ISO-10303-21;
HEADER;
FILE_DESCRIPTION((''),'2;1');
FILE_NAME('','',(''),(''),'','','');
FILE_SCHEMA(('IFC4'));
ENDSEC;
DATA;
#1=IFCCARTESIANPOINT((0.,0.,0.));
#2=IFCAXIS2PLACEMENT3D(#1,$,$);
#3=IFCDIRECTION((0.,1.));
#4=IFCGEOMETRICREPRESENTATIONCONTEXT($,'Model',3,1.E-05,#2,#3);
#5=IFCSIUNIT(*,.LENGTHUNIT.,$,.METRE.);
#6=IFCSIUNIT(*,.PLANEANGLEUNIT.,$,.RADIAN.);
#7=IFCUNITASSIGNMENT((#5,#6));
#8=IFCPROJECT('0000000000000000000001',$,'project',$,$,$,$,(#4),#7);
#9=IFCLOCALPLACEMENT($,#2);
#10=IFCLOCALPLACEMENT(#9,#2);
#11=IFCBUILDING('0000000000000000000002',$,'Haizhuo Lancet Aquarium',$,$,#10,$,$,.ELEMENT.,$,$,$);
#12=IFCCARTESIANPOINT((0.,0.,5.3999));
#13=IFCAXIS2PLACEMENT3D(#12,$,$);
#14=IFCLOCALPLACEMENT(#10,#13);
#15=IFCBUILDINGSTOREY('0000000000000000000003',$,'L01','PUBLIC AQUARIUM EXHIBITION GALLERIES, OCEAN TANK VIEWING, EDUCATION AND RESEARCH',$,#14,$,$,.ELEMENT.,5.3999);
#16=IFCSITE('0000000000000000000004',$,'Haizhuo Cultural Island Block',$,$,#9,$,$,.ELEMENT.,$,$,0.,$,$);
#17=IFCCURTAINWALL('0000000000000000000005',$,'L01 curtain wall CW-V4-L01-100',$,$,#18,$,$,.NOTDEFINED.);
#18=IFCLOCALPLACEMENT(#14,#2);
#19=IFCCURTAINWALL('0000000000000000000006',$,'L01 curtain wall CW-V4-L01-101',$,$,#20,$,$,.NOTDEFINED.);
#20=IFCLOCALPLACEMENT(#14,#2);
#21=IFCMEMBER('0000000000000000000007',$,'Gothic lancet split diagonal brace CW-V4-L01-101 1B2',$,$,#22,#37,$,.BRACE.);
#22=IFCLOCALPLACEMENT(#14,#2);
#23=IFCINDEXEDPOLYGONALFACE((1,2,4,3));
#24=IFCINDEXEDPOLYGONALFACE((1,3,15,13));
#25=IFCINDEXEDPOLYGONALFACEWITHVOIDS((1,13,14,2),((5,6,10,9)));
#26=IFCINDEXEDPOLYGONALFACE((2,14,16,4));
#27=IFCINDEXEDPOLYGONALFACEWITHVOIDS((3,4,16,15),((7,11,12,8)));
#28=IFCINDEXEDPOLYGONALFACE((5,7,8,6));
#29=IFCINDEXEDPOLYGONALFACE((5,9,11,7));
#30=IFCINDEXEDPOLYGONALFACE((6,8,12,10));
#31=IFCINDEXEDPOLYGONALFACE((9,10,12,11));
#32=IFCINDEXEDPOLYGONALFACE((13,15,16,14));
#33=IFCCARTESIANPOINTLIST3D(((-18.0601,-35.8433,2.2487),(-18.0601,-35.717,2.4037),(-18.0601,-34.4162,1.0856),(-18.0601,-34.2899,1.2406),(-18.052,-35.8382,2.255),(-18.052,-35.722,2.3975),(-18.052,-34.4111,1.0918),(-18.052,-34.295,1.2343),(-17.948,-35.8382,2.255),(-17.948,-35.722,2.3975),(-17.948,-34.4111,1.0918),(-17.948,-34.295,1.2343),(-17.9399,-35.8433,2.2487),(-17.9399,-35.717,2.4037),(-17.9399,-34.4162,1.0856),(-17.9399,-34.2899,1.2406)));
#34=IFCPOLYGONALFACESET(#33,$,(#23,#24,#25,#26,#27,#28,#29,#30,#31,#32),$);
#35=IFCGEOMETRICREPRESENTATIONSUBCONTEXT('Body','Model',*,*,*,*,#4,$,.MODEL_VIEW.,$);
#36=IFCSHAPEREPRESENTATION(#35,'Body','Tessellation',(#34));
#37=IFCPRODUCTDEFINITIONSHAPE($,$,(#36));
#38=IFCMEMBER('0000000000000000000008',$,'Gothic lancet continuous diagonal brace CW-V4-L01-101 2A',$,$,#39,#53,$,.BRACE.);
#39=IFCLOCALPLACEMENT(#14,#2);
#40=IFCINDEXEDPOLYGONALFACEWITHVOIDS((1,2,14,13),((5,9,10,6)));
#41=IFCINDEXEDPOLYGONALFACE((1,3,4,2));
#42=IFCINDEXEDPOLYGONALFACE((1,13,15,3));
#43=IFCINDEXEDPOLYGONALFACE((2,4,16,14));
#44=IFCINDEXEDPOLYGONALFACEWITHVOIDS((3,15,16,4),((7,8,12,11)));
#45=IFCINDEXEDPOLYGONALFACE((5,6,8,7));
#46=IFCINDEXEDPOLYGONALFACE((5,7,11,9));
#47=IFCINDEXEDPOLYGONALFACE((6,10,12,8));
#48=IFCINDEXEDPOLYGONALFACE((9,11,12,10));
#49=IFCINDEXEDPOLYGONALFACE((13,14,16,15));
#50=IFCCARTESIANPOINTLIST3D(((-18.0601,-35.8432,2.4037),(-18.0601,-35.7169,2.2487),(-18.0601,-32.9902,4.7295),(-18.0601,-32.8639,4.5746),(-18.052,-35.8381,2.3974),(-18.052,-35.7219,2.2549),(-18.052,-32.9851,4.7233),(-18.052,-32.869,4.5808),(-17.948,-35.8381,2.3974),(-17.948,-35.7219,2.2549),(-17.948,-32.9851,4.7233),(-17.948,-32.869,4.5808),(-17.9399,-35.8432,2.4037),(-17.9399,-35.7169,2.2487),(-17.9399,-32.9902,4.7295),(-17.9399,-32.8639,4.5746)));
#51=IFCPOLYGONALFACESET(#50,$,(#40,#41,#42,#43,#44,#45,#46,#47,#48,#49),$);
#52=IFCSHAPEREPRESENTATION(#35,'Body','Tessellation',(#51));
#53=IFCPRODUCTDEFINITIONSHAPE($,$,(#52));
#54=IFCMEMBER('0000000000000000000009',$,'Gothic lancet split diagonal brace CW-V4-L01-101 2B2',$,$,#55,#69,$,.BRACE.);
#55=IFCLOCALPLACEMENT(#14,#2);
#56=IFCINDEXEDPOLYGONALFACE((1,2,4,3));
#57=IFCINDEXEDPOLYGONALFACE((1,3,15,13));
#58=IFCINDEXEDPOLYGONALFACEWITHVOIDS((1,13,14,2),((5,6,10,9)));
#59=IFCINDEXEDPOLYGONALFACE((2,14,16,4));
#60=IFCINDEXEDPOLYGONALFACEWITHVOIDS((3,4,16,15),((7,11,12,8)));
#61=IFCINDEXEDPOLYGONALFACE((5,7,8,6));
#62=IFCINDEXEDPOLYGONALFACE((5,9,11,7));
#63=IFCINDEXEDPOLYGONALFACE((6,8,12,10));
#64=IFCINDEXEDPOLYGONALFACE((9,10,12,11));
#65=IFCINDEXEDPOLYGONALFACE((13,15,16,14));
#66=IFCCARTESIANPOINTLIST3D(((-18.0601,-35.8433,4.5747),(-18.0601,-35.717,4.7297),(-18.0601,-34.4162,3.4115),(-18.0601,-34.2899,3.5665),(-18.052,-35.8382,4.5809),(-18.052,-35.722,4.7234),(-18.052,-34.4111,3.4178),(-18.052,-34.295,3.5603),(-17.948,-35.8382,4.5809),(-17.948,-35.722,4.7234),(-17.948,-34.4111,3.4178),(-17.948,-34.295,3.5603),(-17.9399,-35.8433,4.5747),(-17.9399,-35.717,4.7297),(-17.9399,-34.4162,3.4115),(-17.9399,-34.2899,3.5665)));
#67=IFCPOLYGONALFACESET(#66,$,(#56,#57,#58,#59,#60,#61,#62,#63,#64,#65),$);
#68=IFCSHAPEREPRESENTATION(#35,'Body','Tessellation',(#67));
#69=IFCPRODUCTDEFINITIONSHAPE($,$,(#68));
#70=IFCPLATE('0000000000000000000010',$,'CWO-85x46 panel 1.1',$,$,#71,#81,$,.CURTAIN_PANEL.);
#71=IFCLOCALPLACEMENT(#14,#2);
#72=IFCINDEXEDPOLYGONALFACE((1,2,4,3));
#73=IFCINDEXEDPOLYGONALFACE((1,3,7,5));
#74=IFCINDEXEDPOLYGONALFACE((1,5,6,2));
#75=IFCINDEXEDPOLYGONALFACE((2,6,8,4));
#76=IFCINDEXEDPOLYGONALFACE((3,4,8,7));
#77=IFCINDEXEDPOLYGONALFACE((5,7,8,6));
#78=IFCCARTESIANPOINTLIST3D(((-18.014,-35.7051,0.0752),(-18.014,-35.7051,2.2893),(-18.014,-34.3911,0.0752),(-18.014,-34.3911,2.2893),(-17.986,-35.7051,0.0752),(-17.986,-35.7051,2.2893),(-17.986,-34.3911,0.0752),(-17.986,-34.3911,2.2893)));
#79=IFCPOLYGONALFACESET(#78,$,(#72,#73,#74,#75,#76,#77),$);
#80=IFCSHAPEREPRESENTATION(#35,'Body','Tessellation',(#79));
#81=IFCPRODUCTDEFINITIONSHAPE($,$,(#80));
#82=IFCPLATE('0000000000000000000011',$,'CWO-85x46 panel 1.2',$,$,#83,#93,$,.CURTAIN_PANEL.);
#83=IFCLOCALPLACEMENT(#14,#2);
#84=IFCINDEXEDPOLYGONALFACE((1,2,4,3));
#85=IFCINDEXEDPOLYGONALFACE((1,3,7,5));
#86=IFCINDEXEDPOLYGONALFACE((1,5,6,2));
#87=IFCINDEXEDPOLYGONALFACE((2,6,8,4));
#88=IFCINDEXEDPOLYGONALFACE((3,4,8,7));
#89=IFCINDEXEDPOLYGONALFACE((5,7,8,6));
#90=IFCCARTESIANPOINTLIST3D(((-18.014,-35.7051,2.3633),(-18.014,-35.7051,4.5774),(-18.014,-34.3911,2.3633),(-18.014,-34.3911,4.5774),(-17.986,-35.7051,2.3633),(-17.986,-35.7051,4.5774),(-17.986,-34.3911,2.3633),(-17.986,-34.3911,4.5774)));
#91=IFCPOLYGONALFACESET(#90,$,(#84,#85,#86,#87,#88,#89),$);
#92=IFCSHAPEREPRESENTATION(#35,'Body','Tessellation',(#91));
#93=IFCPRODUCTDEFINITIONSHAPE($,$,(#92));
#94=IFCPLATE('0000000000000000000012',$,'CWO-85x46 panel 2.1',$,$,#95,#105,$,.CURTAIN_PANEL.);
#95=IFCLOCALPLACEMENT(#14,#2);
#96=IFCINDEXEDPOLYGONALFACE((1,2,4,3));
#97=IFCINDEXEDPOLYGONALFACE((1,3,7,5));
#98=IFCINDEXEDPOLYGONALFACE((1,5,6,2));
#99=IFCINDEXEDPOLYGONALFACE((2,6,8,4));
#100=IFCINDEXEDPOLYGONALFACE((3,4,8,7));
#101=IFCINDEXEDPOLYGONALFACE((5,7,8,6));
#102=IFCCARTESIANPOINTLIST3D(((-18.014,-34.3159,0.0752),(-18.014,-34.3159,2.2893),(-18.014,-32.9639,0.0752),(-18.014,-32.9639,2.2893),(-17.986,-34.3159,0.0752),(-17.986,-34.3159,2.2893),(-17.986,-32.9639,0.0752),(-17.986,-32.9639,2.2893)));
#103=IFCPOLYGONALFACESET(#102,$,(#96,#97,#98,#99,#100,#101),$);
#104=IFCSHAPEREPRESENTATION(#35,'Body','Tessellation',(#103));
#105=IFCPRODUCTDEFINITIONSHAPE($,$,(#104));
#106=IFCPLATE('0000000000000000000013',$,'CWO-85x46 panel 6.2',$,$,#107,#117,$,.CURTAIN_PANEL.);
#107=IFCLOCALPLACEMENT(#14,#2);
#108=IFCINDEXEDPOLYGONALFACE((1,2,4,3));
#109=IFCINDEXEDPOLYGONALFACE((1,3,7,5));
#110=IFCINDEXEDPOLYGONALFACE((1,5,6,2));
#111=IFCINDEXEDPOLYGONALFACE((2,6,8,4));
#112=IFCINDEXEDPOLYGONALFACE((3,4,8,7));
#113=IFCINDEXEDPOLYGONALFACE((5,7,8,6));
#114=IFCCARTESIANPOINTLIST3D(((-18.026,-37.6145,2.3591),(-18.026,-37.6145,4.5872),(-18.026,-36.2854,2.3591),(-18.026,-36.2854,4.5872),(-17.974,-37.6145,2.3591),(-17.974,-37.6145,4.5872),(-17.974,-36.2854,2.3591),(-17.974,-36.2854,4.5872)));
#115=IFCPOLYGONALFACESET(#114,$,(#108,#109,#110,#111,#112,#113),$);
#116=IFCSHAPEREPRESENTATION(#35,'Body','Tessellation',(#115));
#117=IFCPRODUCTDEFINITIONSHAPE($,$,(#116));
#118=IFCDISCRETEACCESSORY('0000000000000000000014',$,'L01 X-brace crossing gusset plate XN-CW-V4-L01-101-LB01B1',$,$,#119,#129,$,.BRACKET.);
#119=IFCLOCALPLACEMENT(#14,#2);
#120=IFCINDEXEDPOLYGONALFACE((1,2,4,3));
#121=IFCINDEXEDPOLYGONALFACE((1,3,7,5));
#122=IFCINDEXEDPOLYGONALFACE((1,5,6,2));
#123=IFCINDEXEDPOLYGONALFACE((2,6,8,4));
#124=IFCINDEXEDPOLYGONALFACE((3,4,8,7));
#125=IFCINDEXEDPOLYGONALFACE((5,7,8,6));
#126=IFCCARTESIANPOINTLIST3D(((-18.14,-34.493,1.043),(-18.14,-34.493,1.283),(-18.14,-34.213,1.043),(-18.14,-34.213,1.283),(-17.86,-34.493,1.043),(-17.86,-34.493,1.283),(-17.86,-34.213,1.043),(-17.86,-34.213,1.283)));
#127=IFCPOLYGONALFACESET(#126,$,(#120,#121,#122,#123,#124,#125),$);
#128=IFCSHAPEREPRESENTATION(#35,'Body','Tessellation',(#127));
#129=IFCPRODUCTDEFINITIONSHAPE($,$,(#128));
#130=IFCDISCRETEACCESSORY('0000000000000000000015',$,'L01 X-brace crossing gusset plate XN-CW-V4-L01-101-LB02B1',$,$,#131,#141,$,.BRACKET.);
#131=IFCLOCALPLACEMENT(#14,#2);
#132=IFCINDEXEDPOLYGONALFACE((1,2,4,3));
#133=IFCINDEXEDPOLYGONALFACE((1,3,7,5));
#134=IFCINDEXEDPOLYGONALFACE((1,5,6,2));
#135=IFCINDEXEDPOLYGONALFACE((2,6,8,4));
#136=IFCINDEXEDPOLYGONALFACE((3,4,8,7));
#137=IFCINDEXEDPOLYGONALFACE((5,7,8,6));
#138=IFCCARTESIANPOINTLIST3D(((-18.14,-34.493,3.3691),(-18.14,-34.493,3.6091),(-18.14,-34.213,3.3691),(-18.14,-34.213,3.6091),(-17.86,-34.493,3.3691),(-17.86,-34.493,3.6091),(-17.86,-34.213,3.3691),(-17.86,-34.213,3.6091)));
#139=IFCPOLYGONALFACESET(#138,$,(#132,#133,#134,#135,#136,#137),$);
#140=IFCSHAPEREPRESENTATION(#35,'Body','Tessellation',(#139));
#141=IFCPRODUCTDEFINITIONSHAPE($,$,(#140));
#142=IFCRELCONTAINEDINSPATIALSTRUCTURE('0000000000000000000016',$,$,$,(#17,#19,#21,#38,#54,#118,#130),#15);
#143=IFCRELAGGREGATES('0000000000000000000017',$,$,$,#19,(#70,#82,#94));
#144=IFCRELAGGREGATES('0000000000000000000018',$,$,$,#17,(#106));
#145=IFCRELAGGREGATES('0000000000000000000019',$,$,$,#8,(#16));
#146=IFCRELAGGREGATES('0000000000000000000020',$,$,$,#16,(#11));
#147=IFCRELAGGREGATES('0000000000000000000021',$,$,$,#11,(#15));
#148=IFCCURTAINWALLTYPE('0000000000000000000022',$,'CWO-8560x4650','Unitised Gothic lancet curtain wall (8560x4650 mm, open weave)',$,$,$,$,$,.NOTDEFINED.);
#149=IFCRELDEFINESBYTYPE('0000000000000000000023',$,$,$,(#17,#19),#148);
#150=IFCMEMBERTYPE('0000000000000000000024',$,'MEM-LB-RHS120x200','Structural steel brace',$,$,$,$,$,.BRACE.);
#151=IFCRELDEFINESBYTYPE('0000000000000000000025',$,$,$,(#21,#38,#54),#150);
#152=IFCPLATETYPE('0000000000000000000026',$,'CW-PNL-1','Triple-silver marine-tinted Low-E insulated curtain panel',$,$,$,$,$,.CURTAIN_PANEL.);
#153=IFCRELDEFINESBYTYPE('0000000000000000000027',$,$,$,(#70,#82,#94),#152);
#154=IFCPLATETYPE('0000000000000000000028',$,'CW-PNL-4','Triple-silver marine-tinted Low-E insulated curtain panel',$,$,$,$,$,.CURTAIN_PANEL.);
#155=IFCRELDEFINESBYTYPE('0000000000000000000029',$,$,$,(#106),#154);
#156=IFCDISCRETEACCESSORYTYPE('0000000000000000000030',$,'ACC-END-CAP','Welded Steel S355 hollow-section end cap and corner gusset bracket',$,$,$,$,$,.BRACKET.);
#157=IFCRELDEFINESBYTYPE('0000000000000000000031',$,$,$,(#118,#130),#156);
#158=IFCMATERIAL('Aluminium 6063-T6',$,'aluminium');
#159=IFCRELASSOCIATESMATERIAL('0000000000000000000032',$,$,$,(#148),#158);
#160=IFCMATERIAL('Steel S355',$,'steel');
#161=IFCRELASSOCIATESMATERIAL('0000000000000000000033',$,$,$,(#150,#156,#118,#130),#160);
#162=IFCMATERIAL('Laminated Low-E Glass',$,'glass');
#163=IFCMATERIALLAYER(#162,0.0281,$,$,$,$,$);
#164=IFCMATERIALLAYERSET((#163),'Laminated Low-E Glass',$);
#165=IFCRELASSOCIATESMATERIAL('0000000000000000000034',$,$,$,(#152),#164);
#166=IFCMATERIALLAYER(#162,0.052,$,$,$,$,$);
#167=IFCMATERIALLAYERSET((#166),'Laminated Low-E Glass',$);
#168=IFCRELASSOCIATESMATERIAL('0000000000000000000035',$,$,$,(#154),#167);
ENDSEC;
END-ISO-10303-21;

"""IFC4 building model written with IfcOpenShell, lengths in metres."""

from ifc_helpers import new_model, si_unit, direction, frame, origin, origin_2d, place, context, subcontext, project, spatial, rectangle, hollow_rectangle, extrude, material, layer, layer_set, material_profile, profile_set, type_object, element, aggregate, save


model = new_model("IFC4")

# Units and contexts
model_context = context("Model", 3, precision=1e-05, world=origin(), true_north=direction((0.0, 1.0)))
body_context = subcontext(model_context, "Body", "Model", "MODEL_VIEW")
ifc_project = project(units=[si_unit("LENGTHUNIT", "METRE"), si_unit("PLANEANGLEUNIT", "RADIAN")], contexts=[model_context])

# Site, building, storey
site_placement = place(None, origin())
site = spatial("IfcSite", under=ifc_project, at=site_placement, Name="Haizhuo Cultural Island Block", CompositionType="ELEMENT", RefElevation=0.0)
building_placement = place(site_placement, origin())
building = spatial("IfcBuilding", under=site, at=building_placement, Name="Haizhuo Lancet Aquarium", CompositionType="ELEMENT")
storey_placement = place(building_placement, frame((0.0, 0.0, 5.3999)))
storey = spatial("IfcBuildingStorey", under=building, at=storey_placement, Name="L01", Description="PUBLIC AQUARIUM EXHIBITION GALLERIES, OCEAN TANK VIEWING, EDUCATION AND RESEARCH", CompositionType="ELEMENT", Elevation=5.3999)

# Shared definitions
ifc_material_1 = material(Name="Steel S355", Category="steel")

# Curtain wall
ifc_material_2 = material(Name="Aluminium 6063-T6", Category="aluminium")
curtain_wall_type = type_object("IfcCurtainWallType", Name="CWO-8560x4650", Description="Unitised Gothic lancet curtain wall (8560x4650 mm, open weave)", PredefinedType="NOTDEFINED", material=ifc_material_2)
curtain_wall_1_placement = place(storey_placement, origin())
curtain_wall_1 = element("IfcCurtainWall", 1, at=curtain_wall_1_placement, inside=storey, type_object=curtain_wall_type, Name="L01 curtain wall CW-V4-L01-100", PredefinedType="NOTDEFINED")

# Curtain wall
curtain_wall_2_placement = place(storey_placement, origin())
curtain_wall_2 = element("IfcCurtainWall", 2, at=curtain_wall_2_placement, inside=storey, type_object=curtain_wall_type, Name="L01 curtain wall CW-V4-L01-101", PredefinedType="NOTDEFINED")

# Members
ifc_material_profile_1 = material_profile(ifc_material_1, hollow_rectangle(XDim=0.1201, YDim=0.2, WallThickness=0.0081, at=origin_2d()), Name="RHS 120x200x8")
ifc_profile_set_1 = profile_set([ifc_material_profile_1], Name="Steel S355")
member_type_1 = type_object("IfcMemberType", Name="MEM-LB-RHS120x200", Description="Structural steel brace", PredefinedType="BRACE", material=ifc_profile_set_1)
member_1_placement = place(storey_placement, frame((-18.0, -34.353, 1.1631), z_axis=(0.0, -0.775144, 0.631785), x_axis=(1.0, 0.0, 0.0)))
element("IfcMember", 3, at=member_1_placement, inside=storey, type_object=member_type_1, Name="Gothic lancet split diagonal brace CW-V4-L01-101 1B2", PredefinedType="BRACE", context=body_context, shape_type="SweptSolid", body=[
    extrude(hollow_rectangle(XDim=0.1201, YDim=0.2, WallThickness=0.0081, at=origin_2d()), origin(), (0.0, 0.0, 1.0), 1.8411),
])
member_2_placement = place(storey_placement, frame((-18.0, -35.78, 2.3262), z_axis=(0.0, 0.77507, 0.631875), x_axis=(-1.0, 0.0, 0.0)))
element("IfcMember", 4, at=member_2_placement, inside=storey, type_object=member_type_1, Name="Gothic lancet continuous diagonal brace CW-V4-L01-101 2A", PredefinedType="BRACE", context=body_context, shape_type="SweptSolid", body=[
    extrude(hollow_rectangle(XDim=0.1201, YDim=0.2, WallThickness=0.0081, at=origin_2d()), origin(), (0.0, 0.0, 1.0), 3.6809),
])
member_3_placement = place(storey_placement, frame((-18.0, -34.353, 3.489), z_axis=(0.0, -0.775144, 0.631785), x_axis=(1.0, 0.0, 0.0)))
element("IfcMember", 5, at=member_3_placement, inside=storey, type_object=member_type_1, Name="Gothic lancet split diagonal brace CW-V4-L01-101 2B2", PredefinedType="BRACE", context=body_context, shape_type="SweptSolid", body=[
    extrude(hollow_rectangle(XDim=0.1201, YDim=0.2, WallThickness=0.0081, at=origin_2d()), origin(), (0.0, 0.0, 1.0), 1.8411),
])

# Plates
ifc_material_3 = material(Name="Laminated Low-E Glass", Category="glass")
ifc_layer_1 = layer(ifc_material_3, 0.0281)
ifc_layer_set_1 = layer_set([ifc_layer_1], Name="Laminated Low-E Glass")
plate_type_1 = type_object("IfcPlateType", Name="CW-PNL-1", Description="Triple-silver marine-tinted Low-E insulated curtain panel", PredefinedType="CURTAIN_PANEL", material=ifc_layer_set_1)
plate_1_placement = place(storey_placement, frame((-18.0, -35.0481, 0.0752), z_axis=(0.0, 0.0, 1.0), x_axis=(0.0, 1.0, 0.0)))
plate_1 = element("IfcPlate", 6, at=plate_1_placement, type_object=plate_type_1, Name="CWO-85x46 panel 1.1", PredefinedType="CURTAIN_PANEL", context=body_context, shape_type="SweptSolid", body=[
    extrude(rectangle(XDim=1.314, YDim=0.0281, at=origin_2d()), origin(), (0.0, 0.0, 1.0), 2.2141),
])
plate_2_placement = place(storey_placement, frame((-18.0, -35.0481, 2.3633), z_axis=(0.0, 0.0, 1.0), x_axis=(0.0, 1.0, 0.0)))
plate_2 = element("IfcPlate", 7, at=plate_2_placement, type_object=plate_type_1, Name="CWO-85x46 panel 1.2", PredefinedType="CURTAIN_PANEL", context=body_context, shape_type="SweptSolid", body=[
    extrude(rectangle(XDim=1.314, YDim=0.0281, at=origin_2d()), origin(), (0.0, 0.0, 1.0), 2.2141),
])
plate_3_placement = place(storey_placement, frame((-18.0, -33.6399, 0.0752), z_axis=(0.0, 0.0, 1.0), x_axis=(0.0, 1.0, 0.0)))
plate_3 = element("IfcPlate", 8, at=plate_3_placement, type_object=plate_type_1, Name="CWO-85x46 panel 2.1", PredefinedType="CURTAIN_PANEL", context=body_context, shape_type="SweptSolid", body=[
    extrude(rectangle(XDim=1.3521, YDim=0.0281, at=origin_2d()), origin(), (0.0, 0.0, 1.0), 2.2141),
])
aggregate(curtain_wall_2, [plate_1, plate_2, plate_3])
ifc_layer_2 = layer(ifc_material_3, 0.052)
ifc_layer_set_2 = layer_set([ifc_layer_2], Name="Laminated Low-E Glass")
plate_type_2 = type_object("IfcPlateType", Name="CW-PNL-4", Description="Triple-silver marine-tinted Low-E insulated curtain panel", PredefinedType="CURTAIN_PANEL", material=ifc_layer_set_2)
plate_4_placement = place(storey_placement, frame((-18.0, -36.95, 2.3591), z_axis=(0.0, 0.0, 1.0), x_axis=(0.0, 1.0, 0.0)))
plate_4 = element("IfcPlate", 9, at=plate_4_placement, type_object=plate_type_2, Name="CWO-85x46 panel 6.2", PredefinedType="CURTAIN_PANEL", context=body_context, shape_type="SweptSolid", body=[
    extrude(rectangle(XDim=1.3291, YDim=0.052, at=origin_2d()), origin(), (0.0, 0.0, 1.0), 2.228),
])
aggregate(curtain_wall_1, [plate_4])

# Discrete accessories
discrete_accessory_type = type_object("IfcDiscreteAccessoryType", Name="ACC-END-CAP", Description="Welded Steel S355 hollow-section end cap and corner gusset bracket", PredefinedType="BRACKET", material=ifc_material_1)
for number, where, z_axis, x_axis, name in (
    (10, (-18.0, -34.353, 1.043), (0.0, 0.0, 1.0), (1.0, 0.0, 0.0), "L01 X-brace crossing gusset plate XN-CW-V4-L01-101-LB01B1"),
    (11, (-18.0, -34.353, 3.3691), (0.0, 0.0, 1.0), (1.0, 0.0, 0.0), "L01 X-brace crossing gusset plate XN-CW-V4-L01-101-LB02B1"),
):
    element("IfcDiscreteAccessory", number, at=place(storey_placement, frame(where, z_axis=z_axis, x_axis=x_axis)), inside=storey, type_object=discrete_accessory_type, material=ifc_material_1, Name=name, PredefinedType="BRACKET", context=body_context, shape_type="SweptSolid", body=[
        extrude(rectangle(XDim=0.28, YDim=0.28, at=origin_2d()), origin(), (0.0, 0.0, 1.0), 0.24),
    ])

save(model, "model.ifc")
